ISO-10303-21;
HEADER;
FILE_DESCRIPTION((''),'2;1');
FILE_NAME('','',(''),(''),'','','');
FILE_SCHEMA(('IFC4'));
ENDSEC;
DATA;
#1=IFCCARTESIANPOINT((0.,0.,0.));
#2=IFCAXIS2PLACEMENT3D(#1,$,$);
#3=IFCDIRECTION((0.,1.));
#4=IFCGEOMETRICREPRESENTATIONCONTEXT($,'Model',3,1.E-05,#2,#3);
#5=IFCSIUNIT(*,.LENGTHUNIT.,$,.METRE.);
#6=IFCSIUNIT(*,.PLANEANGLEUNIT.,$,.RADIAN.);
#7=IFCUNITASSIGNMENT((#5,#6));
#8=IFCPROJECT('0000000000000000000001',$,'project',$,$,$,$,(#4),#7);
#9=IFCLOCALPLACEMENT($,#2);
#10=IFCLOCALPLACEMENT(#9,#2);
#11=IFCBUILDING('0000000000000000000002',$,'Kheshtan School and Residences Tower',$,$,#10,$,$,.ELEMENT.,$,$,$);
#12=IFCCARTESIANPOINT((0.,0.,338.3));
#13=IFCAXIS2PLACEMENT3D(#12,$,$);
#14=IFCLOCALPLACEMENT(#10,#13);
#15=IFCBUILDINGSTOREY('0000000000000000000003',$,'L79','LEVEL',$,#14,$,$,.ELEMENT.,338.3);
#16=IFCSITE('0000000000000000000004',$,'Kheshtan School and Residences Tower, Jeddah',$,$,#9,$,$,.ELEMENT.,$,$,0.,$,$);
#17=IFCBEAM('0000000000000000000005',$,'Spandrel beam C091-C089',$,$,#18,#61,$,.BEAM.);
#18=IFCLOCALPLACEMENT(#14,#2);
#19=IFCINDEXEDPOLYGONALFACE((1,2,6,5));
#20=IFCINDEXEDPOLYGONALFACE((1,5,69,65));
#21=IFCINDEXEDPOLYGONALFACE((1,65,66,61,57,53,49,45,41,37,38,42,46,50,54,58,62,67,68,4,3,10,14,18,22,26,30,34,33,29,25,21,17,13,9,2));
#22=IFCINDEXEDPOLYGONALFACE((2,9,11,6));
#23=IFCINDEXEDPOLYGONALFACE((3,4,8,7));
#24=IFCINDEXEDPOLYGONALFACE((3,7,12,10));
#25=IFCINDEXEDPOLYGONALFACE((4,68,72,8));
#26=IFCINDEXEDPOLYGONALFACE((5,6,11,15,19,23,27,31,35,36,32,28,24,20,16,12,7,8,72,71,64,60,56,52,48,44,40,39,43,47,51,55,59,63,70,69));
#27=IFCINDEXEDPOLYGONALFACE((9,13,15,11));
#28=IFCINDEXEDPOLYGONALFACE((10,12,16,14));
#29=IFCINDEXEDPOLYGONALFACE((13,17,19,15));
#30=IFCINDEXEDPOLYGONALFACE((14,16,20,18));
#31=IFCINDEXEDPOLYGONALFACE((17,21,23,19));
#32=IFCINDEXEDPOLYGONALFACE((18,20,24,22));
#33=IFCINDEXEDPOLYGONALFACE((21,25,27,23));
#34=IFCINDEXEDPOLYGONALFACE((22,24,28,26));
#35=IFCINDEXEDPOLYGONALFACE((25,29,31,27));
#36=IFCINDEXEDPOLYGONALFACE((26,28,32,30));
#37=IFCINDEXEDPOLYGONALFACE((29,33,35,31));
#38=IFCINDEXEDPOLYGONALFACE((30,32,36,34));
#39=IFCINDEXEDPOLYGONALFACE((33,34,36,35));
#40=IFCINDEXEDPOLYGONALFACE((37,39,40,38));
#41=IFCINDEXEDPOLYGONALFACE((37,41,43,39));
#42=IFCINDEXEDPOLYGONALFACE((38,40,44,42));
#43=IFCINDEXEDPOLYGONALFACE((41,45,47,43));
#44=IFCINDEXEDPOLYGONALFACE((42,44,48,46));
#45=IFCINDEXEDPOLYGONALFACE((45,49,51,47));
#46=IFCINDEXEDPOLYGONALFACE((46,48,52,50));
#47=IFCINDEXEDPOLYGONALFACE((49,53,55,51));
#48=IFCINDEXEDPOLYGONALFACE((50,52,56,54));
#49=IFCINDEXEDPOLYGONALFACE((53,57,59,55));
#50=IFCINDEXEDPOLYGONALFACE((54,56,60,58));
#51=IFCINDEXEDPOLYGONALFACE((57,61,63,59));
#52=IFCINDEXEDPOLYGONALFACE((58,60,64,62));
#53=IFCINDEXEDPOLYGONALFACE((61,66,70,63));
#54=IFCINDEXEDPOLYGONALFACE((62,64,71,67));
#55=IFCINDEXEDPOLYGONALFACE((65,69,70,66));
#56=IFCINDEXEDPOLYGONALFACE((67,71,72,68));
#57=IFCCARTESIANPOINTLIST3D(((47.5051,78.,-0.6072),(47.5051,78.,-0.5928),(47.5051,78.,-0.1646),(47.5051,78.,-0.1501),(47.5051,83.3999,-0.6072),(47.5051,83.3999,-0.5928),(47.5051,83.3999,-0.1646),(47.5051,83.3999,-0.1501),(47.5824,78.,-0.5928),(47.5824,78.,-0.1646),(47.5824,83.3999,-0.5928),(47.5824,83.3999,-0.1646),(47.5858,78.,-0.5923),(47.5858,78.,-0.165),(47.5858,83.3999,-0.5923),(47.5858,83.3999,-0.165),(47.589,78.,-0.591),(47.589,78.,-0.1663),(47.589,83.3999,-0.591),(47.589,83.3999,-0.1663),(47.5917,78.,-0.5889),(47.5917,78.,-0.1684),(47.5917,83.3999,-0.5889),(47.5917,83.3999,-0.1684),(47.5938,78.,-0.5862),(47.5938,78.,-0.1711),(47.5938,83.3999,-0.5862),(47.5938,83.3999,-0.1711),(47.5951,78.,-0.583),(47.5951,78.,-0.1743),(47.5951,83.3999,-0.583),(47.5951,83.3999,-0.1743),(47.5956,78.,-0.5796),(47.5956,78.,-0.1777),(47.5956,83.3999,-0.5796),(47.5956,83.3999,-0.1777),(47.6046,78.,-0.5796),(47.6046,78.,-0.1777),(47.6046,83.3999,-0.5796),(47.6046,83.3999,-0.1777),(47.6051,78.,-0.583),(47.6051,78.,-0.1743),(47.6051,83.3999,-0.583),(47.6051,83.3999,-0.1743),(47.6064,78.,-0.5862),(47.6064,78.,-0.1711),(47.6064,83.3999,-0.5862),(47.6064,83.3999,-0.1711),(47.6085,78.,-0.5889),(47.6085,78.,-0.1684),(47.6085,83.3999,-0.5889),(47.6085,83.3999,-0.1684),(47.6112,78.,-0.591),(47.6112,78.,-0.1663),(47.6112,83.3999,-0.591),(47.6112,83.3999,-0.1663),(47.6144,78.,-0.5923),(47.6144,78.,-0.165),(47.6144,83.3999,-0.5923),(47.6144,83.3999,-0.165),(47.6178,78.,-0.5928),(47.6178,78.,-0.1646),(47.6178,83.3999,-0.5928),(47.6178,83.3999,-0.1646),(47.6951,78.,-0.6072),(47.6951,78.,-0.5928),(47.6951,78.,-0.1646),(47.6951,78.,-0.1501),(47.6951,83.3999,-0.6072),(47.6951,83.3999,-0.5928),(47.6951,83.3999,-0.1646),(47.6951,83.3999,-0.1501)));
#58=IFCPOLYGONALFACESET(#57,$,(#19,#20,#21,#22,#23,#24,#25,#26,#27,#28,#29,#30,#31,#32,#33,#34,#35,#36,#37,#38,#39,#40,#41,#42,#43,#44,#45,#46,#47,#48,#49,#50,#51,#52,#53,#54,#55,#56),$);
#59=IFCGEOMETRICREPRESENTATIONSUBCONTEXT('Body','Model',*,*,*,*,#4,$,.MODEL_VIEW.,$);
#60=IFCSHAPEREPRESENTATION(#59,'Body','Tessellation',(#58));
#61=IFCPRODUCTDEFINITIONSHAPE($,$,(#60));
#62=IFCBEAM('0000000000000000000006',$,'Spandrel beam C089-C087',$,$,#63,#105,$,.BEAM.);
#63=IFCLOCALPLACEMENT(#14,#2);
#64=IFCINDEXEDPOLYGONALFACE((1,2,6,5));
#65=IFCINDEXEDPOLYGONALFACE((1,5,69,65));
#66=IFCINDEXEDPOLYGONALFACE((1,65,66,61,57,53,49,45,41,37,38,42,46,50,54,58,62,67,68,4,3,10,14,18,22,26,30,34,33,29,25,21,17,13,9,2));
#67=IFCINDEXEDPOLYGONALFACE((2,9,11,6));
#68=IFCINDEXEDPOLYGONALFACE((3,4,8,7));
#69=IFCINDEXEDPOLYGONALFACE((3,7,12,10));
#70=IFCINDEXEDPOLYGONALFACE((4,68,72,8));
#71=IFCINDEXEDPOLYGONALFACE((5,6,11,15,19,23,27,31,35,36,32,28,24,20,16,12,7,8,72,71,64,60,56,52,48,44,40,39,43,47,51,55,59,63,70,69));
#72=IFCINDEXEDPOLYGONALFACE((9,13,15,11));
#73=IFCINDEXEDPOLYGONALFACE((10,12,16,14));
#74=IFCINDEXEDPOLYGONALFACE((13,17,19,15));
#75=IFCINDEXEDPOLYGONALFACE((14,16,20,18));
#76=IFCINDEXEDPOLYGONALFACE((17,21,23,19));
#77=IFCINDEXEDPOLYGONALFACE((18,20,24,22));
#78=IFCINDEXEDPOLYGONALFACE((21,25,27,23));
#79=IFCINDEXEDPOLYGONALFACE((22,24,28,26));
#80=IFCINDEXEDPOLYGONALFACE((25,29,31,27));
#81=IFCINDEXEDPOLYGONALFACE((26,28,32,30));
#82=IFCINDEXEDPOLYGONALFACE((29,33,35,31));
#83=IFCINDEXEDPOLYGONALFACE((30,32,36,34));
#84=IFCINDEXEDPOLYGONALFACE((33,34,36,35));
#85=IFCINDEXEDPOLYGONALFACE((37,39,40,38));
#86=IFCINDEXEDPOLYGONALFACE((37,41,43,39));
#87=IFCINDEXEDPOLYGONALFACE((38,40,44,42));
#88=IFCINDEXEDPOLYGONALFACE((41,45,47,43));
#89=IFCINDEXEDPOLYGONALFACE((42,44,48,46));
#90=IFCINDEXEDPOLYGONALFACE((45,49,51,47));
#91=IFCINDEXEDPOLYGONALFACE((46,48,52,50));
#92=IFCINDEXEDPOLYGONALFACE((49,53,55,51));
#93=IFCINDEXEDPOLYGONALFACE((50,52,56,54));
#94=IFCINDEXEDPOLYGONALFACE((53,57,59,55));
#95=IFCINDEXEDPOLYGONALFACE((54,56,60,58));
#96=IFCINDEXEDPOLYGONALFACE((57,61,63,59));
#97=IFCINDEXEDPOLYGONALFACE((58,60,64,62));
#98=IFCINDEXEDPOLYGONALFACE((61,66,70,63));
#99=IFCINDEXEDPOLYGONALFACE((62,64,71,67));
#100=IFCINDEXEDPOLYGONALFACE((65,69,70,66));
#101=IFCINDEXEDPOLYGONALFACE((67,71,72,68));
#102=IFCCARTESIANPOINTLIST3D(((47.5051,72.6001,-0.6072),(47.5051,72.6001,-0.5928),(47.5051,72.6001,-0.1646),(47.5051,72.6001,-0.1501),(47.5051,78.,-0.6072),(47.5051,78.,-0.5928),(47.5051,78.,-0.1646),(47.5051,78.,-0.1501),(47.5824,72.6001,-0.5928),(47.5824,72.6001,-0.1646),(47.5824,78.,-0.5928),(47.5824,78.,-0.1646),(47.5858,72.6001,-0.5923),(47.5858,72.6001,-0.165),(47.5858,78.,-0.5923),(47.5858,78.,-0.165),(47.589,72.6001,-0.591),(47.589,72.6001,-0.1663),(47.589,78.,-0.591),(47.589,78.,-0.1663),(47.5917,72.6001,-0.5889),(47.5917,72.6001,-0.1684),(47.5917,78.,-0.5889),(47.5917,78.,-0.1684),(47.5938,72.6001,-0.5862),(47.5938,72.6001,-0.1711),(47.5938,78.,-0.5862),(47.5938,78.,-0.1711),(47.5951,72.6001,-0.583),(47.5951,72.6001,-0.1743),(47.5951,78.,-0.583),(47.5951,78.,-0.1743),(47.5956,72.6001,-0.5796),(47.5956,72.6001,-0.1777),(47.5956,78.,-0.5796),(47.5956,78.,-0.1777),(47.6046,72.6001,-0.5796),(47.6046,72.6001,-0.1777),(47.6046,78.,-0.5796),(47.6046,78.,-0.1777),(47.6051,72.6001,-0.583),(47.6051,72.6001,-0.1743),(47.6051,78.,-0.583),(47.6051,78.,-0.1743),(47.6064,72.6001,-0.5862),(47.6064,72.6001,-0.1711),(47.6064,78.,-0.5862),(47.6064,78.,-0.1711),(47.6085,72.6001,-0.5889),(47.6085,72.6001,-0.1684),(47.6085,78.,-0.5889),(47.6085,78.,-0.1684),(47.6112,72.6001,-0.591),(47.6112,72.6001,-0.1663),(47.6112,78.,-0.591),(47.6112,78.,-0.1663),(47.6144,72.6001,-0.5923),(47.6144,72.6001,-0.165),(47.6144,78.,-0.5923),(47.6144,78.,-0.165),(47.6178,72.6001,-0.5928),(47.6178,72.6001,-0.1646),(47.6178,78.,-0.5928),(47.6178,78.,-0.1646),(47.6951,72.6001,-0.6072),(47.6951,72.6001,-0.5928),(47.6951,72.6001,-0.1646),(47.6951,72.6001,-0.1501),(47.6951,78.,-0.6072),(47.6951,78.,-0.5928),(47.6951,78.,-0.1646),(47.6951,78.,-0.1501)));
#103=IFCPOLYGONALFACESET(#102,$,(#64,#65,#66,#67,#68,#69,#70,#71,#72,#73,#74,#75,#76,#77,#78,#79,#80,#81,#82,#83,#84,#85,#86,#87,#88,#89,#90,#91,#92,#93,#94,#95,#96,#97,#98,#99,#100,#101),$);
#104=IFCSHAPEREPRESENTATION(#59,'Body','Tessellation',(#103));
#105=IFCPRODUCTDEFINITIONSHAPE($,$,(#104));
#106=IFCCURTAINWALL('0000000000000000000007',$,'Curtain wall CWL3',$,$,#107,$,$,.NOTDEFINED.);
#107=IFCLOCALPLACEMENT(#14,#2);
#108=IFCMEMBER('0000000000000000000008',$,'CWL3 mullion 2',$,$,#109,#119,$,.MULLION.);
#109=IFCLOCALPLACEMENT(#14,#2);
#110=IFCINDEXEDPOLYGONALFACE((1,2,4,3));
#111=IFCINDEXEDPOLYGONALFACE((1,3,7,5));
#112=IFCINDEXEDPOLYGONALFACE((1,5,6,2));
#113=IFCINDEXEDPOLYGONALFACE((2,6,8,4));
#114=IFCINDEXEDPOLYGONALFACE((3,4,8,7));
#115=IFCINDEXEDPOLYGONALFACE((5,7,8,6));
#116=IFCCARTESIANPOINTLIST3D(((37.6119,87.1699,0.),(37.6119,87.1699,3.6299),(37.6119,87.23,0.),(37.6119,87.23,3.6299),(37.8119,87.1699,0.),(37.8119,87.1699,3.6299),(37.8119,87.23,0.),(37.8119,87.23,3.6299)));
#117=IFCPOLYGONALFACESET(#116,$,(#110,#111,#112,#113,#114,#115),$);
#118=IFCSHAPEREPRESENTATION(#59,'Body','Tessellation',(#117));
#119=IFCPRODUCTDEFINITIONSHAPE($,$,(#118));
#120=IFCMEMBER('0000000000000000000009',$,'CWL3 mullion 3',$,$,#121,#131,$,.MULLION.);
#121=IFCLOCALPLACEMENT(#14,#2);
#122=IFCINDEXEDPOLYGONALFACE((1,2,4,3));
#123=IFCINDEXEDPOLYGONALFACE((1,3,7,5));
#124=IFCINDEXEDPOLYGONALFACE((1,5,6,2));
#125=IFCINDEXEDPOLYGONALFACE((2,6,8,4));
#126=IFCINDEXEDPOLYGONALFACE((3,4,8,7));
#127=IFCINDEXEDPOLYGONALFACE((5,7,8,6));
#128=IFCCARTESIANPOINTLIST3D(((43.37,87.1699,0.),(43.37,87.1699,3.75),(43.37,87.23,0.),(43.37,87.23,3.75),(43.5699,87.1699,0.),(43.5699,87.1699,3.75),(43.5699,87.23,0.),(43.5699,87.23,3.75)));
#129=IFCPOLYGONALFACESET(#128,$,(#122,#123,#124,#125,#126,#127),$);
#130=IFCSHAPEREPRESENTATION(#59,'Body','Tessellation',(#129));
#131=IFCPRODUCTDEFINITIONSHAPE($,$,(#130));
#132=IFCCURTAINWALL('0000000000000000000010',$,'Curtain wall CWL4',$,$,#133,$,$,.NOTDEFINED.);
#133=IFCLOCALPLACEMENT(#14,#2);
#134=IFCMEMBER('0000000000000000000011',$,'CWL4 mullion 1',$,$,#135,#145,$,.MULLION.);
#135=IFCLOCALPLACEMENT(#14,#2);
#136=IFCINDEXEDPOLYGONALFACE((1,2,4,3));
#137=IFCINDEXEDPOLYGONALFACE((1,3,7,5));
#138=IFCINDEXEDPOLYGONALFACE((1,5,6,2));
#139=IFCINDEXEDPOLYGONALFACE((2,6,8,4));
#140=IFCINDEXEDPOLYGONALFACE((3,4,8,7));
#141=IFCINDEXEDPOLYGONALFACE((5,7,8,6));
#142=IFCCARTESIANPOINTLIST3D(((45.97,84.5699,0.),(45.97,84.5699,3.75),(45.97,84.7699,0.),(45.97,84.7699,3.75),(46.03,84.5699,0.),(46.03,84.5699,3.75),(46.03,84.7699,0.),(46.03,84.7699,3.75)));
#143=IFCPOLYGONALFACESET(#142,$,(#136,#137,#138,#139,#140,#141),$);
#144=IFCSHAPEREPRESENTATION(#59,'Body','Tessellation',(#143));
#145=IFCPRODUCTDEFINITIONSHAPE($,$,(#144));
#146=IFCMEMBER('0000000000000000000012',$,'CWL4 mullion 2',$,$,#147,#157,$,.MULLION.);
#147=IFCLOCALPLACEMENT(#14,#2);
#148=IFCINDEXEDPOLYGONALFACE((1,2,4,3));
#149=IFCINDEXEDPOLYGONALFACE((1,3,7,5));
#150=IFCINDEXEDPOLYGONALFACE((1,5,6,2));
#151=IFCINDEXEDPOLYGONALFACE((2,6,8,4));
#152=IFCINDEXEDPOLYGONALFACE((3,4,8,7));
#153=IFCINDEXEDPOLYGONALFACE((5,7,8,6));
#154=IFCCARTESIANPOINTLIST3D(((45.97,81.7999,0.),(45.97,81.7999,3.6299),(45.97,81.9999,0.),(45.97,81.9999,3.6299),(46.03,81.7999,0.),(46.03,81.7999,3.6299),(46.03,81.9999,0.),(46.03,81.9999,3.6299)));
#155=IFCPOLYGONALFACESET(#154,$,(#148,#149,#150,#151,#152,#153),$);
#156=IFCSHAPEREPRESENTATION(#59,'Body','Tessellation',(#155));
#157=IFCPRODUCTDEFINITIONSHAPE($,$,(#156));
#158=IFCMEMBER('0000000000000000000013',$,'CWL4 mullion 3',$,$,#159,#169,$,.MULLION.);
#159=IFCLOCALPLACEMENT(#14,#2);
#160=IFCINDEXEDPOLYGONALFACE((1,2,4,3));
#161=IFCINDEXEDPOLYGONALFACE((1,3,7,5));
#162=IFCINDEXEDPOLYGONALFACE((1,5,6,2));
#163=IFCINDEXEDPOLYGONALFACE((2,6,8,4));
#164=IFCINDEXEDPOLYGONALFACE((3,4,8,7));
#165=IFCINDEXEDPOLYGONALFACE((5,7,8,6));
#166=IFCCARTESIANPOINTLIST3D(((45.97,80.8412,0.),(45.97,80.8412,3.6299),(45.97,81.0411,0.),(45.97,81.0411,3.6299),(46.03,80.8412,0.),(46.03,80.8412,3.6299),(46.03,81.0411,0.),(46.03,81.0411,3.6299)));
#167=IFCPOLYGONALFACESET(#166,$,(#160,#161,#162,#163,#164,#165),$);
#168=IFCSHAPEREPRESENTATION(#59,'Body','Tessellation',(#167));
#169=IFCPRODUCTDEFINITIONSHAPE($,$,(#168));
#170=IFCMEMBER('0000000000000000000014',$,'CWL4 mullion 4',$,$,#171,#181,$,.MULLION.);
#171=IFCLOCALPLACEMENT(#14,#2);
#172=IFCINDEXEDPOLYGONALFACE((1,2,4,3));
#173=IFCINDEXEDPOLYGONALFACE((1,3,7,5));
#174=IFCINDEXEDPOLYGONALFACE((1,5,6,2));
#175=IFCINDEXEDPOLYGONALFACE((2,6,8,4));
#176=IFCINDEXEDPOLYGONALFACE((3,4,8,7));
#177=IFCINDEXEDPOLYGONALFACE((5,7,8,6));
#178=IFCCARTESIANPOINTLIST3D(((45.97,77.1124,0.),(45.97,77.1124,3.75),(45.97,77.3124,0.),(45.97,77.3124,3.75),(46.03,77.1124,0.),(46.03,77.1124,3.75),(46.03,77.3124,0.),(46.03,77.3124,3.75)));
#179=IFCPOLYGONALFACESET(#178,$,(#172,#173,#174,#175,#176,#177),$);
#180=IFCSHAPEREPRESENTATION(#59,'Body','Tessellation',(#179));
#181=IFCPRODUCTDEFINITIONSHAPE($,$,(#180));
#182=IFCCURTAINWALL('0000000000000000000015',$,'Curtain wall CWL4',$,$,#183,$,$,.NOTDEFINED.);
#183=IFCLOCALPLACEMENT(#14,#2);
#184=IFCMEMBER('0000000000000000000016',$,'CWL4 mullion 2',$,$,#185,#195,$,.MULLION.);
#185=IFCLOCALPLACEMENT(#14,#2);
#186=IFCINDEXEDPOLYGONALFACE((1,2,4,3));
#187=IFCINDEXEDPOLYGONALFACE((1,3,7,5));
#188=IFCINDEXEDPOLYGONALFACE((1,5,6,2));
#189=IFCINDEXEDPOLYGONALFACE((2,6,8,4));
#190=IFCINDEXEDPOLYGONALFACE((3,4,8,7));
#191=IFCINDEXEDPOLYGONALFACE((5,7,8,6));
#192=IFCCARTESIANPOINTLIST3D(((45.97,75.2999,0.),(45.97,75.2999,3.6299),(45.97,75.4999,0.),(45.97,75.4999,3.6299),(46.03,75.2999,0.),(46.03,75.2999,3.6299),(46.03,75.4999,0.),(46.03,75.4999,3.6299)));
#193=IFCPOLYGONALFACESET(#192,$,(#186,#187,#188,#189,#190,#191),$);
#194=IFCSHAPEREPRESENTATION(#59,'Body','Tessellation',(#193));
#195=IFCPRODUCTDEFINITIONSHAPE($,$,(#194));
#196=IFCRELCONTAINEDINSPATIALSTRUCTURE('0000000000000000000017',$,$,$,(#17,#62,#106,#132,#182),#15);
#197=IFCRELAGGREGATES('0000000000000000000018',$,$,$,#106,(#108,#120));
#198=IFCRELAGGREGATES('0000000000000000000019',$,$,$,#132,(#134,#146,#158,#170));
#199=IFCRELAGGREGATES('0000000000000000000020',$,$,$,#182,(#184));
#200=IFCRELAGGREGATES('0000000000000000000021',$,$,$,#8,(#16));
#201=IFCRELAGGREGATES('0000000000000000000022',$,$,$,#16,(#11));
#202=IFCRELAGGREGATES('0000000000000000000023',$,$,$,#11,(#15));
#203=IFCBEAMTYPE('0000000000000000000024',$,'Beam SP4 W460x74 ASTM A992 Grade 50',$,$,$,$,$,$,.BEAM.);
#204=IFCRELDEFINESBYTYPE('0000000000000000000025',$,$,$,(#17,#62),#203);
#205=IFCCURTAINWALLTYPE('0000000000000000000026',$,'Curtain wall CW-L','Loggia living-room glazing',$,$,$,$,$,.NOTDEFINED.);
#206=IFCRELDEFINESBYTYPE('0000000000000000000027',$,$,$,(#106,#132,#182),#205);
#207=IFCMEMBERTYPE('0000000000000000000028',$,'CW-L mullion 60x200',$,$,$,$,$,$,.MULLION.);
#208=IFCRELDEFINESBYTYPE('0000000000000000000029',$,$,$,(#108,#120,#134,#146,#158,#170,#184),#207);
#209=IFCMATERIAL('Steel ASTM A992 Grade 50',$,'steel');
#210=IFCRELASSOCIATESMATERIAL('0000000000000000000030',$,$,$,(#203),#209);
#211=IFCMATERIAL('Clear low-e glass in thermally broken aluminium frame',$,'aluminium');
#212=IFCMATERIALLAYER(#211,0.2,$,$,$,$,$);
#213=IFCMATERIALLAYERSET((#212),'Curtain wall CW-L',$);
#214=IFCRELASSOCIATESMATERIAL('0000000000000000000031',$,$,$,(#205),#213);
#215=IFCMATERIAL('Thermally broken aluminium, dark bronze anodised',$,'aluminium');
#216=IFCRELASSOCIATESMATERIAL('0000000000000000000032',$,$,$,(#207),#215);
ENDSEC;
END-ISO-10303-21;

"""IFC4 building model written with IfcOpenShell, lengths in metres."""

from ifc_helpers import new_model, si_unit, direction, frame, origin, origin_2d, place, context, subcontext, project, spatial, rectangle, i_section, extrude, material, layer, layer_set, material_profile, profile_set, type_object, element, aggregate, save


model = new_model("IFC4")

# Units and contexts
model_context = context("Model", 3, precision=1e-05, world=origin(), true_north=direction((0.0, 1.0)))
body_context = subcontext(model_context, "Body", "Model", "MODEL_VIEW")
ifc_project = project(units=[si_unit("LENGTHUNIT", "METRE"), si_unit("PLANEANGLEUNIT", "RADIAN")], contexts=[model_context])

# Site, building, storey
site_placement = place(None, origin())
site = spatial("IfcSite", under=ifc_project, at=site_placement, Name="Kheshtan School and Residences Tower, Jeddah", CompositionType="ELEMENT", RefElevation=0.0)
building_placement = place(site_placement, origin())
building = spatial("IfcBuilding", under=site, at=building_placement, Name="Kheshtan School and Residences Tower", CompositionType="ELEMENT")
storey_placement = place(building_placement, frame((0.0, 0.0, 338.3)))
storey = spatial("IfcBuildingStorey", under=building, at=storey_placement, Name="L79", Description="LEVEL", CompositionType="ELEMENT", Elevation=338.3)

# Shared definitions
ifc_material_1 = material(Name="Steel ASTM A992 Grade 50", Category="steel")

# Beams
ifc_material_profile_1 = material_profile(ifc_material_1, i_section(OverallWidth=0.1899, OverallDepth=0.457, WebThickness=0.009, FlangeThickness=0.0144, FilletRadius=0.0132, at=origin_2d()), Name="W460x74")
ifc_profile_set_1 = profile_set([ifc_material_profile_1], Name="Steel ASTM A992 Grade 50")
beam_type = type_object("IfcBeamType", Name="Beam SP4 W460x74 ASTM A992 Grade 50", PredefinedType="BEAM", material=ifc_profile_set_1)
for number, where, z_axis, x_axis, name in (
    (1, (47.6001, 83.3999, -0.3787), (0.0, -1.0, 0.0), (1.0, 0.0, 0.0), "Spandrel beam C091-C089"),
    (2, (47.6001, 78.0, -0.3787), (0.0, -1.0, 0.0), (1.0, 0.0, 0.0), "Spandrel beam C089-C087"),
):
    element("IfcBeam", number, at=place(storey_placement, frame(where, z_axis=z_axis, x_axis=x_axis)), inside=storey, type_object=beam_type, Name=name, PredefinedType="BEAM", context=body_context, shape_type="SweptSolid", body=[
        extrude(i_section(OverallWidth=0.1899, OverallDepth=0.457, WebThickness=0.009, FlangeThickness=0.0144, FilletRadius=0.0132, at=origin_2d()), origin(), (0.0, 0.0, 1.0), 5.3999),
    ])

# Curtain walls, members
ifc_material_2 = material(Name="Clear low-e glass in thermally broken aluminium frame", Category="aluminium")
ifc_layer_1 = layer(ifc_material_2, 0.2)
ifc_layer_set_1 = layer_set([ifc_layer_1], Name="Curtain wall CW-L")
curtain_wall_type = type_object("IfcCurtainWallType", Name="Curtain wall CW-L", Description="Loggia living-room glazing", PredefinedType="NOTDEFINED", material=ifc_layer_set_1)
curtain_wall_1_placement = place(storey_placement, origin())
curtain_wall_1 = element("IfcCurtainWall", 3, at=curtain_wall_1_placement, inside=storey, type_object=curtain_wall_type, Name="Curtain wall CWL3", PredefinedType="NOTDEFINED")
ifc_material_3 = material(Name="Thermally broken aluminium, dark bronze anodised", Category="aluminium")
ifc_material_profile_2 = material_profile(ifc_material_3, rectangle(XDim=0.0601, YDim=0.2, at=origin_2d()), Name="CW-L mullion 60x200")
ifc_profile_set_2 = profile_set([ifc_material_profile_2], Name="Thermally broken aluminium, dark bronze anodised")
member_type_1 = type_object("IfcMemberType", Name="CW-L mullion 60x200", PredefinedType="MULLION", material=ifc_profile_set_2)
member_1_placement = place(storey_placement, frame((37.7119, 87.2, 0.0), z_axis=(0.0, 0.0, 1.0), x_axis=(0.0, 1.0, 0.0)))
member_1 = element("IfcMember", 4, at=member_1_placement, type_object=member_type_1, Name="CWL3 mullion 2", PredefinedType="MULLION", context=body_context, shape_type="SweptSolid", body=[
    extrude(rectangle(XDim=0.0601, YDim=0.2, at=origin_2d()), origin(), (0.0, 0.0, 1.0), 3.6299),
])
member_2_placement = place(storey_placement, frame((43.47, 87.2, 0.0), z_axis=(0.0, 0.0, 1.0), x_axis=(0.0, 1.0, 0.0)))
member_2 = element("IfcMember", 5, at=member_2_placement, type_object=member_type_1, Name="CWL3 mullion 3", PredefinedType="MULLION", context=body_context, shape_type="SweptSolid", body=[
    extrude(rectangle(XDim=0.0601, YDim=0.2, at=origin_2d()), origin(), (0.0, 0.0, 1.0), 3.75),
])
curtain_wall_2_placement = place(storey_placement, origin())
curtain_wall_2 = element("IfcCurtainWall", 6, at=curtain_wall_2_placement, inside=storey, type_object=curtain_wall_type, Name="Curtain wall CWL4", PredefinedType="NOTDEFINED")
member_3_placement = place(storey_placement, frame((46.0, 84.6699, 0.0), z_axis=(0.0, 0.0, 1.0), x_axis=(1.0, 0.0, 0.0)))
member_3 = element("IfcMember", 7, at=member_3_placement, type_object=member_type_1, Name="CWL4 mullion 1", PredefinedType="MULLION", context=body_context, shape_type="SweptSolid", body=[
    extrude(rectangle(XDim=0.0601, YDim=0.2, at=origin_2d()), origin(), (0.0, 0.0, 1.0), 3.75),
])
member_4_placement = place(storey_placement, frame((46.0, 81.8999, 0.0), z_axis=(0.0, 0.0, 1.0), x_axis=(1.0, 0.0, 0.0)))
member_4 = element("IfcMember", 8, at=member_4_placement, type_object=member_type_1, Name="CWL4 mullion 2", PredefinedType="MULLION", context=body_context, shape_type="SweptSolid", body=[
    extrude(rectangle(XDim=0.0601, YDim=0.2, at=origin_2d()), origin(), (0.0, 0.0, 1.0), 3.6299),
])
member_5_placement = place(storey_placement, frame((46.0, 80.9412, 0.0), z_axis=(0.0, 0.0, 1.0), x_axis=(1.0, 0.0, 0.0)))
member_5 = element("IfcMember", 9, at=member_5_placement, type_object=member_type_1, Name="CWL4 mullion 3", PredefinedType="MULLION", context=body_context, shape_type="SweptSolid", body=[
    extrude(rectangle(XDim=0.0601, YDim=0.2, at=origin_2d()), origin(), (0.0, 0.0, 1.0), 3.6299),
])
member_6_placement = place(storey_placement, frame((46.0, 77.2124, 0.0), z_axis=(0.0, 0.0, 1.0), x_axis=(1.0, 0.0, 0.0)))
member_6 = element("IfcMember", 10, at=member_6_placement, type_object=member_type_1, Name="CWL4 mullion 4", PredefinedType="MULLION", context=body_context, shape_type="SweptSolid", body=[
    extrude(rectangle(XDim=0.0601, YDim=0.2, at=origin_2d()), origin(), (0.0, 0.0, 1.0), 3.75),
])

# Curtain wall, member
curtain_wall_3_placement = place(storey_placement, origin())
curtain_wall_3 = element("IfcCurtainWall", 11, at=curtain_wall_3_placement, inside=storey, type_object=curtain_wall_type, Name="Curtain wall CWL4", PredefinedType="NOTDEFINED")
member_7_placement = place(storey_placement, frame((46.0, 75.3999, 0.0), z_axis=(0.0, 0.0, 1.0), x_axis=(1.0, 0.0, 0.0)))
member_7 = element("IfcMember", 12, at=member_7_placement, type_object=member_type_1, Name="CWL4 mullion 2", PredefinedType="MULLION", context=body_context, shape_type="SweptSolid", body=[
    extrude(rectangle(XDim=0.0601, YDim=0.2, at=origin_2d()), origin(), (0.0, 0.0, 1.0), 3.6299),
])

aggregate(curtain_wall_1, [member_1, member_2])
aggregate(curtain_wall_2, [member_3, member_4, member_5, member_6])
aggregate(curtain_wall_3, [member_7])

save(model, "model.ifc")
